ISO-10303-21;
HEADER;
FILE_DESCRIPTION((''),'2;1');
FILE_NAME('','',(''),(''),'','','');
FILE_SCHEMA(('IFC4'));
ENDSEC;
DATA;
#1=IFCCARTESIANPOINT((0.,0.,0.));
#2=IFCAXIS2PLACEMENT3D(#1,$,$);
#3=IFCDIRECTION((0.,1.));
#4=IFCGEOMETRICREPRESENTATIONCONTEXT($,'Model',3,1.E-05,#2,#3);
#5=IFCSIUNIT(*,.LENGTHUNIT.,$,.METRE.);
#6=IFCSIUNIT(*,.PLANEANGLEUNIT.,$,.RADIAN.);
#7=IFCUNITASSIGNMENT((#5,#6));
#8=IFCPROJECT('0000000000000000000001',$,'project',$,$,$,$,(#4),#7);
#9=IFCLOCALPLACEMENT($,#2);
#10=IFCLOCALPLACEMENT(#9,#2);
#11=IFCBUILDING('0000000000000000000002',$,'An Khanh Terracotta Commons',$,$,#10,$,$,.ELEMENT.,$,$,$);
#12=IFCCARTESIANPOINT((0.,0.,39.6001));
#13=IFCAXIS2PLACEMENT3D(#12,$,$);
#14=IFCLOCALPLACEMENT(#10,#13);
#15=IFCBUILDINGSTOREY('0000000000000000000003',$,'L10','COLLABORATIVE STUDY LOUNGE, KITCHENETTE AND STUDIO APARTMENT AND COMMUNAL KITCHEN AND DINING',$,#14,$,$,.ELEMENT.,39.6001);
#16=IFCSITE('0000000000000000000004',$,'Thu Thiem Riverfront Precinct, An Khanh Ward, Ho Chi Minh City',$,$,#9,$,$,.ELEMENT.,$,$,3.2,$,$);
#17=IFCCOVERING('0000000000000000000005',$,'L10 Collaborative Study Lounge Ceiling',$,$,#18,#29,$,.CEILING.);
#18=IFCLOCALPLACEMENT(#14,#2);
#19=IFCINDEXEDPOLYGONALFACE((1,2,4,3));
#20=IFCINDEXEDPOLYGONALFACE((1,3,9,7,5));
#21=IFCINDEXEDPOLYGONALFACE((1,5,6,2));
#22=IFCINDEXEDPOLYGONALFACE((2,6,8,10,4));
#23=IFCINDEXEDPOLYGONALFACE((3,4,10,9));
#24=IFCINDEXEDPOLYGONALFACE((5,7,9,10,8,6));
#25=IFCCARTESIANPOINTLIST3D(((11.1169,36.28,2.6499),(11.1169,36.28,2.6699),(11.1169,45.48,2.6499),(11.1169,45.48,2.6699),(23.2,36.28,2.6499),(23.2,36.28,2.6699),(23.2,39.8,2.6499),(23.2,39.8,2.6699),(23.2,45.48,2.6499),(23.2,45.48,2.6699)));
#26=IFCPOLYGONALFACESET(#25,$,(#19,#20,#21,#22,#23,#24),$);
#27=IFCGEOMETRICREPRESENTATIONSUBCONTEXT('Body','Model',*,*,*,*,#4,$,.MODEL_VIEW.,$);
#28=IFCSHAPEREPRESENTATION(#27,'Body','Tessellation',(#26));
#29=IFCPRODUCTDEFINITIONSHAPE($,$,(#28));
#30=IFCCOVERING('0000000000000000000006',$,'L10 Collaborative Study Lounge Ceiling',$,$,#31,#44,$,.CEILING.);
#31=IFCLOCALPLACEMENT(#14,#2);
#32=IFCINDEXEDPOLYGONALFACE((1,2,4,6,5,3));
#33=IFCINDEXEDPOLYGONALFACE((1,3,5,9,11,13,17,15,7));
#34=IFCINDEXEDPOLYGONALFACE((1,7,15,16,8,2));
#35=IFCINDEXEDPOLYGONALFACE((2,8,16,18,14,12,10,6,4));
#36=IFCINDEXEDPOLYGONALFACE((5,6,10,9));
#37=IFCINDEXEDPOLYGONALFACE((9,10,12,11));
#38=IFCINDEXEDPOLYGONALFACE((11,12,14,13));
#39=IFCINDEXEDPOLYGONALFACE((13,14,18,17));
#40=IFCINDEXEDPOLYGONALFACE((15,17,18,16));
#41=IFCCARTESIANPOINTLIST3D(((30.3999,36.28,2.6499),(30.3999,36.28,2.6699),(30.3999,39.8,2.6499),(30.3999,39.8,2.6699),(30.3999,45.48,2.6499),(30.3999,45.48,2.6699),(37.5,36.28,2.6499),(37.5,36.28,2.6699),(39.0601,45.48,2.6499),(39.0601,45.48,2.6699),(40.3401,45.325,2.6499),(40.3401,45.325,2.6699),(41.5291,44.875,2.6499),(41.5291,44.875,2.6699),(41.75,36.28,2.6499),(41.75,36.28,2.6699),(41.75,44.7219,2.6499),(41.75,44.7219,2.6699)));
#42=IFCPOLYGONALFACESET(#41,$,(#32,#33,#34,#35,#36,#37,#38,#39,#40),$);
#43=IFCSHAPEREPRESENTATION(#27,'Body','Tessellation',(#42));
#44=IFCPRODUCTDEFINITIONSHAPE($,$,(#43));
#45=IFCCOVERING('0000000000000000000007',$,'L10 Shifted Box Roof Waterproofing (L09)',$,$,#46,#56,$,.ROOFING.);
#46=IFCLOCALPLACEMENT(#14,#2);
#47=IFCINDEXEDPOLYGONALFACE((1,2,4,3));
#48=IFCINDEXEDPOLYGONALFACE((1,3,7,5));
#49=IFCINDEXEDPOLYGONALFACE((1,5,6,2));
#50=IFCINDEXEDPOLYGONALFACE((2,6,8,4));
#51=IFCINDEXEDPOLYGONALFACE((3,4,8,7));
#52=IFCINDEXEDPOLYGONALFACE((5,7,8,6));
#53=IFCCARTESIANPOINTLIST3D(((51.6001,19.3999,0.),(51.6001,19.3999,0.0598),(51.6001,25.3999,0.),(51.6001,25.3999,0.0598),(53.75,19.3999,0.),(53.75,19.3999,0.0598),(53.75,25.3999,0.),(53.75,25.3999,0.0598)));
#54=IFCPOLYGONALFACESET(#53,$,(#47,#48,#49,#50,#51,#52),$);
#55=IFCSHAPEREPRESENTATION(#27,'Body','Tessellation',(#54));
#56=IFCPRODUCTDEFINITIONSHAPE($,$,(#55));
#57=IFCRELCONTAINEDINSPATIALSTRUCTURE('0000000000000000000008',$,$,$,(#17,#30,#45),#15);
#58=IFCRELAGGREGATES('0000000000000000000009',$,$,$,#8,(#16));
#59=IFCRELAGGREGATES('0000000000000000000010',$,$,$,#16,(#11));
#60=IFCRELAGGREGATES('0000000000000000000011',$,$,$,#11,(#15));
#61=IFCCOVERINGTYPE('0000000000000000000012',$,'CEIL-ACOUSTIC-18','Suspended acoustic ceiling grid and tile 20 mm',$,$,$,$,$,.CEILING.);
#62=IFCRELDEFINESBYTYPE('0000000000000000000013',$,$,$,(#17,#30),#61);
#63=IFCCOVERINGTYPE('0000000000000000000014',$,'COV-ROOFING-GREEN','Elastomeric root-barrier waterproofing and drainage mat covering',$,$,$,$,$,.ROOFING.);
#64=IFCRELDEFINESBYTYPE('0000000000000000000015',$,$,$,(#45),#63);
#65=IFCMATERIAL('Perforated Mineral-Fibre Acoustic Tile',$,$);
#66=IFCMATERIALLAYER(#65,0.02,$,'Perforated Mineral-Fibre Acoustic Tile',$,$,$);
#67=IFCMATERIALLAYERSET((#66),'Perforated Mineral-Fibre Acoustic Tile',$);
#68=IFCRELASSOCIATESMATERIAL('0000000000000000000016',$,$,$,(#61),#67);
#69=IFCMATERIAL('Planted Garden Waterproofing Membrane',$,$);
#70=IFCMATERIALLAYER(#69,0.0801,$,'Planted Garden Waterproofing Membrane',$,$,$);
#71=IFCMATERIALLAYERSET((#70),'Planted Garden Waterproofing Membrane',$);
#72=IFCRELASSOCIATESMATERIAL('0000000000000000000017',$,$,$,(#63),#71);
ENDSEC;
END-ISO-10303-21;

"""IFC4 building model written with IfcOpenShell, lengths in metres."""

from ifc_helpers import new_model, si_unit, direction, frame, origin, place, context, subcontext, project, spatial, polyline, outline, extrude, material, layer, layer_set, type_object, element, save


model = new_model("IFC4")

# Units and contexts
model_context = context("Model", 3, precision=1e-05, world=origin(), true_north=direction((0.0, 1.0)))
body_context = subcontext(model_context, "Body", "Model", "MODEL_VIEW")
ifc_project = project(units=[si_unit("LENGTHUNIT", "METRE"), si_unit("PLANEANGLEUNIT", "RADIAN")], contexts=[model_context])

# Site, building, storey
site_placement = place(None, origin())
site = spatial("IfcSite", under=ifc_project, at=site_placement, Name="Thu Thiem Riverfront Precinct, An Khanh Ward, Ho Chi Minh City", CompositionType="ELEMENT", RefElevation=3.2)
building_placement = place(site_placement, origin())
building = spatial("IfcBuilding", under=site, at=building_placement, Name="An Khanh Terracotta Commons", CompositionType="ELEMENT")
storey_placement = place(building_placement, frame((0.0, 0.0, 39.6001)))
storey = spatial("IfcBuildingStorey", under=building, at=storey_placement, Name="L10", Description="COLLABORATIVE STUDY LOUNGE, KITCHENETTE AND STUDIO APARTMENT AND COMMUNAL KITCHEN AND DINING", CompositionType="ELEMENT", Elevation=39.6001)

# Coverings
ifc_material_1 = material(Name="Perforated Mineral-Fibre Acoustic Tile")
ifc_layer_1 = layer(ifc_material_1, 0.02, Name="Perforated Mineral-Fibre Acoustic Tile")
ifc_layer_set_1 = layer_set([ifc_layer_1], Name="Perforated Mineral-Fibre Acoustic Tile")
covering_type_1 = type_object("IfcCoveringType", Name="CEIL-ACOUSTIC-18", Description="Suspended acoustic ceiling grid and tile 20 mm", PredefinedType="CEILING", material=ifc_layer_set_1)
covering_1_placement = place(storey_placement, frame((0.0, 0.0, 2.6499)))
element("IfcCovering", 1, at=covering_1_placement, inside=storey, type_object=covering_type_1, Name="L10 Collaborative Study Lounge Ceiling", PredefinedType="CEILING", context=body_context, shape_type="SweptSolid", body=[
    extrude(outline(polyline([(23.2, 45.48), (23.2, 39.8), (23.2, 36.28), (11.1169, 36.28), (11.1169, 45.48), (23.2, 45.48)])), origin(), (0.0, 0.0, 1.0), 0.02),
])
covering_2_placement = place(storey_placement, frame((0.0, 0.0, 2.6499)))
element("IfcCovering", 2, at=covering_2_placement, inside=storey, type_object=covering_type_1, Name="L10 Collaborative Study Lounge Ceiling", PredefinedType="CEILING", context=body_context, shape_type="SweptSolid", body=[
    extrude(outline(polyline([(39.0601, 45.48), (40.3401, 45.325), (41.5291, 44.875), (41.75, 44.7219), (41.75, 36.28), (37.5, 36.28), (30.3999, 36.28), (30.3999, 39.8), (30.3999, 45.48), (39.0601, 45.48)])), origin(), (0.0, 0.0, 1.0), 0.02),
])
ifc_material_2 = material(Name="Planted Garden Waterproofing Membrane")
ifc_layer_2 = layer(ifc_material_2, 0.0801, Name="Planted Garden Waterproofing Membrane")
ifc_layer_set_2 = layer_set([ifc_layer_2], Name="Planted Garden Waterproofing Membrane")
covering_type_2 = type_object("IfcCoveringType", Name="COV-ROOFING-GREEN", Description="Elastomeric root-barrier waterproofing and drainage mat covering", PredefinedType="ROOFING", material=ifc_layer_set_2)
covering_3_placement = place(storey_placement, origin())
element("IfcCovering", 3, at=covering_3_placement, inside=storey, type_object=covering_type_2, Name="L10 Shifted Box Roof Waterproofing (L09)", PredefinedType="ROOFING", context=body_context, shape_type="SweptSolid", body=[
    extrude(outline(polyline([(51.6001, 19.3999), (53.75, 19.3999), (53.75, 25.3999), (51.6001, 25.3999), (51.6001, 19.3999)])), origin(), (0.0, 0.0, 1.0), 0.0598),
])

save(model, "model.ifc")
